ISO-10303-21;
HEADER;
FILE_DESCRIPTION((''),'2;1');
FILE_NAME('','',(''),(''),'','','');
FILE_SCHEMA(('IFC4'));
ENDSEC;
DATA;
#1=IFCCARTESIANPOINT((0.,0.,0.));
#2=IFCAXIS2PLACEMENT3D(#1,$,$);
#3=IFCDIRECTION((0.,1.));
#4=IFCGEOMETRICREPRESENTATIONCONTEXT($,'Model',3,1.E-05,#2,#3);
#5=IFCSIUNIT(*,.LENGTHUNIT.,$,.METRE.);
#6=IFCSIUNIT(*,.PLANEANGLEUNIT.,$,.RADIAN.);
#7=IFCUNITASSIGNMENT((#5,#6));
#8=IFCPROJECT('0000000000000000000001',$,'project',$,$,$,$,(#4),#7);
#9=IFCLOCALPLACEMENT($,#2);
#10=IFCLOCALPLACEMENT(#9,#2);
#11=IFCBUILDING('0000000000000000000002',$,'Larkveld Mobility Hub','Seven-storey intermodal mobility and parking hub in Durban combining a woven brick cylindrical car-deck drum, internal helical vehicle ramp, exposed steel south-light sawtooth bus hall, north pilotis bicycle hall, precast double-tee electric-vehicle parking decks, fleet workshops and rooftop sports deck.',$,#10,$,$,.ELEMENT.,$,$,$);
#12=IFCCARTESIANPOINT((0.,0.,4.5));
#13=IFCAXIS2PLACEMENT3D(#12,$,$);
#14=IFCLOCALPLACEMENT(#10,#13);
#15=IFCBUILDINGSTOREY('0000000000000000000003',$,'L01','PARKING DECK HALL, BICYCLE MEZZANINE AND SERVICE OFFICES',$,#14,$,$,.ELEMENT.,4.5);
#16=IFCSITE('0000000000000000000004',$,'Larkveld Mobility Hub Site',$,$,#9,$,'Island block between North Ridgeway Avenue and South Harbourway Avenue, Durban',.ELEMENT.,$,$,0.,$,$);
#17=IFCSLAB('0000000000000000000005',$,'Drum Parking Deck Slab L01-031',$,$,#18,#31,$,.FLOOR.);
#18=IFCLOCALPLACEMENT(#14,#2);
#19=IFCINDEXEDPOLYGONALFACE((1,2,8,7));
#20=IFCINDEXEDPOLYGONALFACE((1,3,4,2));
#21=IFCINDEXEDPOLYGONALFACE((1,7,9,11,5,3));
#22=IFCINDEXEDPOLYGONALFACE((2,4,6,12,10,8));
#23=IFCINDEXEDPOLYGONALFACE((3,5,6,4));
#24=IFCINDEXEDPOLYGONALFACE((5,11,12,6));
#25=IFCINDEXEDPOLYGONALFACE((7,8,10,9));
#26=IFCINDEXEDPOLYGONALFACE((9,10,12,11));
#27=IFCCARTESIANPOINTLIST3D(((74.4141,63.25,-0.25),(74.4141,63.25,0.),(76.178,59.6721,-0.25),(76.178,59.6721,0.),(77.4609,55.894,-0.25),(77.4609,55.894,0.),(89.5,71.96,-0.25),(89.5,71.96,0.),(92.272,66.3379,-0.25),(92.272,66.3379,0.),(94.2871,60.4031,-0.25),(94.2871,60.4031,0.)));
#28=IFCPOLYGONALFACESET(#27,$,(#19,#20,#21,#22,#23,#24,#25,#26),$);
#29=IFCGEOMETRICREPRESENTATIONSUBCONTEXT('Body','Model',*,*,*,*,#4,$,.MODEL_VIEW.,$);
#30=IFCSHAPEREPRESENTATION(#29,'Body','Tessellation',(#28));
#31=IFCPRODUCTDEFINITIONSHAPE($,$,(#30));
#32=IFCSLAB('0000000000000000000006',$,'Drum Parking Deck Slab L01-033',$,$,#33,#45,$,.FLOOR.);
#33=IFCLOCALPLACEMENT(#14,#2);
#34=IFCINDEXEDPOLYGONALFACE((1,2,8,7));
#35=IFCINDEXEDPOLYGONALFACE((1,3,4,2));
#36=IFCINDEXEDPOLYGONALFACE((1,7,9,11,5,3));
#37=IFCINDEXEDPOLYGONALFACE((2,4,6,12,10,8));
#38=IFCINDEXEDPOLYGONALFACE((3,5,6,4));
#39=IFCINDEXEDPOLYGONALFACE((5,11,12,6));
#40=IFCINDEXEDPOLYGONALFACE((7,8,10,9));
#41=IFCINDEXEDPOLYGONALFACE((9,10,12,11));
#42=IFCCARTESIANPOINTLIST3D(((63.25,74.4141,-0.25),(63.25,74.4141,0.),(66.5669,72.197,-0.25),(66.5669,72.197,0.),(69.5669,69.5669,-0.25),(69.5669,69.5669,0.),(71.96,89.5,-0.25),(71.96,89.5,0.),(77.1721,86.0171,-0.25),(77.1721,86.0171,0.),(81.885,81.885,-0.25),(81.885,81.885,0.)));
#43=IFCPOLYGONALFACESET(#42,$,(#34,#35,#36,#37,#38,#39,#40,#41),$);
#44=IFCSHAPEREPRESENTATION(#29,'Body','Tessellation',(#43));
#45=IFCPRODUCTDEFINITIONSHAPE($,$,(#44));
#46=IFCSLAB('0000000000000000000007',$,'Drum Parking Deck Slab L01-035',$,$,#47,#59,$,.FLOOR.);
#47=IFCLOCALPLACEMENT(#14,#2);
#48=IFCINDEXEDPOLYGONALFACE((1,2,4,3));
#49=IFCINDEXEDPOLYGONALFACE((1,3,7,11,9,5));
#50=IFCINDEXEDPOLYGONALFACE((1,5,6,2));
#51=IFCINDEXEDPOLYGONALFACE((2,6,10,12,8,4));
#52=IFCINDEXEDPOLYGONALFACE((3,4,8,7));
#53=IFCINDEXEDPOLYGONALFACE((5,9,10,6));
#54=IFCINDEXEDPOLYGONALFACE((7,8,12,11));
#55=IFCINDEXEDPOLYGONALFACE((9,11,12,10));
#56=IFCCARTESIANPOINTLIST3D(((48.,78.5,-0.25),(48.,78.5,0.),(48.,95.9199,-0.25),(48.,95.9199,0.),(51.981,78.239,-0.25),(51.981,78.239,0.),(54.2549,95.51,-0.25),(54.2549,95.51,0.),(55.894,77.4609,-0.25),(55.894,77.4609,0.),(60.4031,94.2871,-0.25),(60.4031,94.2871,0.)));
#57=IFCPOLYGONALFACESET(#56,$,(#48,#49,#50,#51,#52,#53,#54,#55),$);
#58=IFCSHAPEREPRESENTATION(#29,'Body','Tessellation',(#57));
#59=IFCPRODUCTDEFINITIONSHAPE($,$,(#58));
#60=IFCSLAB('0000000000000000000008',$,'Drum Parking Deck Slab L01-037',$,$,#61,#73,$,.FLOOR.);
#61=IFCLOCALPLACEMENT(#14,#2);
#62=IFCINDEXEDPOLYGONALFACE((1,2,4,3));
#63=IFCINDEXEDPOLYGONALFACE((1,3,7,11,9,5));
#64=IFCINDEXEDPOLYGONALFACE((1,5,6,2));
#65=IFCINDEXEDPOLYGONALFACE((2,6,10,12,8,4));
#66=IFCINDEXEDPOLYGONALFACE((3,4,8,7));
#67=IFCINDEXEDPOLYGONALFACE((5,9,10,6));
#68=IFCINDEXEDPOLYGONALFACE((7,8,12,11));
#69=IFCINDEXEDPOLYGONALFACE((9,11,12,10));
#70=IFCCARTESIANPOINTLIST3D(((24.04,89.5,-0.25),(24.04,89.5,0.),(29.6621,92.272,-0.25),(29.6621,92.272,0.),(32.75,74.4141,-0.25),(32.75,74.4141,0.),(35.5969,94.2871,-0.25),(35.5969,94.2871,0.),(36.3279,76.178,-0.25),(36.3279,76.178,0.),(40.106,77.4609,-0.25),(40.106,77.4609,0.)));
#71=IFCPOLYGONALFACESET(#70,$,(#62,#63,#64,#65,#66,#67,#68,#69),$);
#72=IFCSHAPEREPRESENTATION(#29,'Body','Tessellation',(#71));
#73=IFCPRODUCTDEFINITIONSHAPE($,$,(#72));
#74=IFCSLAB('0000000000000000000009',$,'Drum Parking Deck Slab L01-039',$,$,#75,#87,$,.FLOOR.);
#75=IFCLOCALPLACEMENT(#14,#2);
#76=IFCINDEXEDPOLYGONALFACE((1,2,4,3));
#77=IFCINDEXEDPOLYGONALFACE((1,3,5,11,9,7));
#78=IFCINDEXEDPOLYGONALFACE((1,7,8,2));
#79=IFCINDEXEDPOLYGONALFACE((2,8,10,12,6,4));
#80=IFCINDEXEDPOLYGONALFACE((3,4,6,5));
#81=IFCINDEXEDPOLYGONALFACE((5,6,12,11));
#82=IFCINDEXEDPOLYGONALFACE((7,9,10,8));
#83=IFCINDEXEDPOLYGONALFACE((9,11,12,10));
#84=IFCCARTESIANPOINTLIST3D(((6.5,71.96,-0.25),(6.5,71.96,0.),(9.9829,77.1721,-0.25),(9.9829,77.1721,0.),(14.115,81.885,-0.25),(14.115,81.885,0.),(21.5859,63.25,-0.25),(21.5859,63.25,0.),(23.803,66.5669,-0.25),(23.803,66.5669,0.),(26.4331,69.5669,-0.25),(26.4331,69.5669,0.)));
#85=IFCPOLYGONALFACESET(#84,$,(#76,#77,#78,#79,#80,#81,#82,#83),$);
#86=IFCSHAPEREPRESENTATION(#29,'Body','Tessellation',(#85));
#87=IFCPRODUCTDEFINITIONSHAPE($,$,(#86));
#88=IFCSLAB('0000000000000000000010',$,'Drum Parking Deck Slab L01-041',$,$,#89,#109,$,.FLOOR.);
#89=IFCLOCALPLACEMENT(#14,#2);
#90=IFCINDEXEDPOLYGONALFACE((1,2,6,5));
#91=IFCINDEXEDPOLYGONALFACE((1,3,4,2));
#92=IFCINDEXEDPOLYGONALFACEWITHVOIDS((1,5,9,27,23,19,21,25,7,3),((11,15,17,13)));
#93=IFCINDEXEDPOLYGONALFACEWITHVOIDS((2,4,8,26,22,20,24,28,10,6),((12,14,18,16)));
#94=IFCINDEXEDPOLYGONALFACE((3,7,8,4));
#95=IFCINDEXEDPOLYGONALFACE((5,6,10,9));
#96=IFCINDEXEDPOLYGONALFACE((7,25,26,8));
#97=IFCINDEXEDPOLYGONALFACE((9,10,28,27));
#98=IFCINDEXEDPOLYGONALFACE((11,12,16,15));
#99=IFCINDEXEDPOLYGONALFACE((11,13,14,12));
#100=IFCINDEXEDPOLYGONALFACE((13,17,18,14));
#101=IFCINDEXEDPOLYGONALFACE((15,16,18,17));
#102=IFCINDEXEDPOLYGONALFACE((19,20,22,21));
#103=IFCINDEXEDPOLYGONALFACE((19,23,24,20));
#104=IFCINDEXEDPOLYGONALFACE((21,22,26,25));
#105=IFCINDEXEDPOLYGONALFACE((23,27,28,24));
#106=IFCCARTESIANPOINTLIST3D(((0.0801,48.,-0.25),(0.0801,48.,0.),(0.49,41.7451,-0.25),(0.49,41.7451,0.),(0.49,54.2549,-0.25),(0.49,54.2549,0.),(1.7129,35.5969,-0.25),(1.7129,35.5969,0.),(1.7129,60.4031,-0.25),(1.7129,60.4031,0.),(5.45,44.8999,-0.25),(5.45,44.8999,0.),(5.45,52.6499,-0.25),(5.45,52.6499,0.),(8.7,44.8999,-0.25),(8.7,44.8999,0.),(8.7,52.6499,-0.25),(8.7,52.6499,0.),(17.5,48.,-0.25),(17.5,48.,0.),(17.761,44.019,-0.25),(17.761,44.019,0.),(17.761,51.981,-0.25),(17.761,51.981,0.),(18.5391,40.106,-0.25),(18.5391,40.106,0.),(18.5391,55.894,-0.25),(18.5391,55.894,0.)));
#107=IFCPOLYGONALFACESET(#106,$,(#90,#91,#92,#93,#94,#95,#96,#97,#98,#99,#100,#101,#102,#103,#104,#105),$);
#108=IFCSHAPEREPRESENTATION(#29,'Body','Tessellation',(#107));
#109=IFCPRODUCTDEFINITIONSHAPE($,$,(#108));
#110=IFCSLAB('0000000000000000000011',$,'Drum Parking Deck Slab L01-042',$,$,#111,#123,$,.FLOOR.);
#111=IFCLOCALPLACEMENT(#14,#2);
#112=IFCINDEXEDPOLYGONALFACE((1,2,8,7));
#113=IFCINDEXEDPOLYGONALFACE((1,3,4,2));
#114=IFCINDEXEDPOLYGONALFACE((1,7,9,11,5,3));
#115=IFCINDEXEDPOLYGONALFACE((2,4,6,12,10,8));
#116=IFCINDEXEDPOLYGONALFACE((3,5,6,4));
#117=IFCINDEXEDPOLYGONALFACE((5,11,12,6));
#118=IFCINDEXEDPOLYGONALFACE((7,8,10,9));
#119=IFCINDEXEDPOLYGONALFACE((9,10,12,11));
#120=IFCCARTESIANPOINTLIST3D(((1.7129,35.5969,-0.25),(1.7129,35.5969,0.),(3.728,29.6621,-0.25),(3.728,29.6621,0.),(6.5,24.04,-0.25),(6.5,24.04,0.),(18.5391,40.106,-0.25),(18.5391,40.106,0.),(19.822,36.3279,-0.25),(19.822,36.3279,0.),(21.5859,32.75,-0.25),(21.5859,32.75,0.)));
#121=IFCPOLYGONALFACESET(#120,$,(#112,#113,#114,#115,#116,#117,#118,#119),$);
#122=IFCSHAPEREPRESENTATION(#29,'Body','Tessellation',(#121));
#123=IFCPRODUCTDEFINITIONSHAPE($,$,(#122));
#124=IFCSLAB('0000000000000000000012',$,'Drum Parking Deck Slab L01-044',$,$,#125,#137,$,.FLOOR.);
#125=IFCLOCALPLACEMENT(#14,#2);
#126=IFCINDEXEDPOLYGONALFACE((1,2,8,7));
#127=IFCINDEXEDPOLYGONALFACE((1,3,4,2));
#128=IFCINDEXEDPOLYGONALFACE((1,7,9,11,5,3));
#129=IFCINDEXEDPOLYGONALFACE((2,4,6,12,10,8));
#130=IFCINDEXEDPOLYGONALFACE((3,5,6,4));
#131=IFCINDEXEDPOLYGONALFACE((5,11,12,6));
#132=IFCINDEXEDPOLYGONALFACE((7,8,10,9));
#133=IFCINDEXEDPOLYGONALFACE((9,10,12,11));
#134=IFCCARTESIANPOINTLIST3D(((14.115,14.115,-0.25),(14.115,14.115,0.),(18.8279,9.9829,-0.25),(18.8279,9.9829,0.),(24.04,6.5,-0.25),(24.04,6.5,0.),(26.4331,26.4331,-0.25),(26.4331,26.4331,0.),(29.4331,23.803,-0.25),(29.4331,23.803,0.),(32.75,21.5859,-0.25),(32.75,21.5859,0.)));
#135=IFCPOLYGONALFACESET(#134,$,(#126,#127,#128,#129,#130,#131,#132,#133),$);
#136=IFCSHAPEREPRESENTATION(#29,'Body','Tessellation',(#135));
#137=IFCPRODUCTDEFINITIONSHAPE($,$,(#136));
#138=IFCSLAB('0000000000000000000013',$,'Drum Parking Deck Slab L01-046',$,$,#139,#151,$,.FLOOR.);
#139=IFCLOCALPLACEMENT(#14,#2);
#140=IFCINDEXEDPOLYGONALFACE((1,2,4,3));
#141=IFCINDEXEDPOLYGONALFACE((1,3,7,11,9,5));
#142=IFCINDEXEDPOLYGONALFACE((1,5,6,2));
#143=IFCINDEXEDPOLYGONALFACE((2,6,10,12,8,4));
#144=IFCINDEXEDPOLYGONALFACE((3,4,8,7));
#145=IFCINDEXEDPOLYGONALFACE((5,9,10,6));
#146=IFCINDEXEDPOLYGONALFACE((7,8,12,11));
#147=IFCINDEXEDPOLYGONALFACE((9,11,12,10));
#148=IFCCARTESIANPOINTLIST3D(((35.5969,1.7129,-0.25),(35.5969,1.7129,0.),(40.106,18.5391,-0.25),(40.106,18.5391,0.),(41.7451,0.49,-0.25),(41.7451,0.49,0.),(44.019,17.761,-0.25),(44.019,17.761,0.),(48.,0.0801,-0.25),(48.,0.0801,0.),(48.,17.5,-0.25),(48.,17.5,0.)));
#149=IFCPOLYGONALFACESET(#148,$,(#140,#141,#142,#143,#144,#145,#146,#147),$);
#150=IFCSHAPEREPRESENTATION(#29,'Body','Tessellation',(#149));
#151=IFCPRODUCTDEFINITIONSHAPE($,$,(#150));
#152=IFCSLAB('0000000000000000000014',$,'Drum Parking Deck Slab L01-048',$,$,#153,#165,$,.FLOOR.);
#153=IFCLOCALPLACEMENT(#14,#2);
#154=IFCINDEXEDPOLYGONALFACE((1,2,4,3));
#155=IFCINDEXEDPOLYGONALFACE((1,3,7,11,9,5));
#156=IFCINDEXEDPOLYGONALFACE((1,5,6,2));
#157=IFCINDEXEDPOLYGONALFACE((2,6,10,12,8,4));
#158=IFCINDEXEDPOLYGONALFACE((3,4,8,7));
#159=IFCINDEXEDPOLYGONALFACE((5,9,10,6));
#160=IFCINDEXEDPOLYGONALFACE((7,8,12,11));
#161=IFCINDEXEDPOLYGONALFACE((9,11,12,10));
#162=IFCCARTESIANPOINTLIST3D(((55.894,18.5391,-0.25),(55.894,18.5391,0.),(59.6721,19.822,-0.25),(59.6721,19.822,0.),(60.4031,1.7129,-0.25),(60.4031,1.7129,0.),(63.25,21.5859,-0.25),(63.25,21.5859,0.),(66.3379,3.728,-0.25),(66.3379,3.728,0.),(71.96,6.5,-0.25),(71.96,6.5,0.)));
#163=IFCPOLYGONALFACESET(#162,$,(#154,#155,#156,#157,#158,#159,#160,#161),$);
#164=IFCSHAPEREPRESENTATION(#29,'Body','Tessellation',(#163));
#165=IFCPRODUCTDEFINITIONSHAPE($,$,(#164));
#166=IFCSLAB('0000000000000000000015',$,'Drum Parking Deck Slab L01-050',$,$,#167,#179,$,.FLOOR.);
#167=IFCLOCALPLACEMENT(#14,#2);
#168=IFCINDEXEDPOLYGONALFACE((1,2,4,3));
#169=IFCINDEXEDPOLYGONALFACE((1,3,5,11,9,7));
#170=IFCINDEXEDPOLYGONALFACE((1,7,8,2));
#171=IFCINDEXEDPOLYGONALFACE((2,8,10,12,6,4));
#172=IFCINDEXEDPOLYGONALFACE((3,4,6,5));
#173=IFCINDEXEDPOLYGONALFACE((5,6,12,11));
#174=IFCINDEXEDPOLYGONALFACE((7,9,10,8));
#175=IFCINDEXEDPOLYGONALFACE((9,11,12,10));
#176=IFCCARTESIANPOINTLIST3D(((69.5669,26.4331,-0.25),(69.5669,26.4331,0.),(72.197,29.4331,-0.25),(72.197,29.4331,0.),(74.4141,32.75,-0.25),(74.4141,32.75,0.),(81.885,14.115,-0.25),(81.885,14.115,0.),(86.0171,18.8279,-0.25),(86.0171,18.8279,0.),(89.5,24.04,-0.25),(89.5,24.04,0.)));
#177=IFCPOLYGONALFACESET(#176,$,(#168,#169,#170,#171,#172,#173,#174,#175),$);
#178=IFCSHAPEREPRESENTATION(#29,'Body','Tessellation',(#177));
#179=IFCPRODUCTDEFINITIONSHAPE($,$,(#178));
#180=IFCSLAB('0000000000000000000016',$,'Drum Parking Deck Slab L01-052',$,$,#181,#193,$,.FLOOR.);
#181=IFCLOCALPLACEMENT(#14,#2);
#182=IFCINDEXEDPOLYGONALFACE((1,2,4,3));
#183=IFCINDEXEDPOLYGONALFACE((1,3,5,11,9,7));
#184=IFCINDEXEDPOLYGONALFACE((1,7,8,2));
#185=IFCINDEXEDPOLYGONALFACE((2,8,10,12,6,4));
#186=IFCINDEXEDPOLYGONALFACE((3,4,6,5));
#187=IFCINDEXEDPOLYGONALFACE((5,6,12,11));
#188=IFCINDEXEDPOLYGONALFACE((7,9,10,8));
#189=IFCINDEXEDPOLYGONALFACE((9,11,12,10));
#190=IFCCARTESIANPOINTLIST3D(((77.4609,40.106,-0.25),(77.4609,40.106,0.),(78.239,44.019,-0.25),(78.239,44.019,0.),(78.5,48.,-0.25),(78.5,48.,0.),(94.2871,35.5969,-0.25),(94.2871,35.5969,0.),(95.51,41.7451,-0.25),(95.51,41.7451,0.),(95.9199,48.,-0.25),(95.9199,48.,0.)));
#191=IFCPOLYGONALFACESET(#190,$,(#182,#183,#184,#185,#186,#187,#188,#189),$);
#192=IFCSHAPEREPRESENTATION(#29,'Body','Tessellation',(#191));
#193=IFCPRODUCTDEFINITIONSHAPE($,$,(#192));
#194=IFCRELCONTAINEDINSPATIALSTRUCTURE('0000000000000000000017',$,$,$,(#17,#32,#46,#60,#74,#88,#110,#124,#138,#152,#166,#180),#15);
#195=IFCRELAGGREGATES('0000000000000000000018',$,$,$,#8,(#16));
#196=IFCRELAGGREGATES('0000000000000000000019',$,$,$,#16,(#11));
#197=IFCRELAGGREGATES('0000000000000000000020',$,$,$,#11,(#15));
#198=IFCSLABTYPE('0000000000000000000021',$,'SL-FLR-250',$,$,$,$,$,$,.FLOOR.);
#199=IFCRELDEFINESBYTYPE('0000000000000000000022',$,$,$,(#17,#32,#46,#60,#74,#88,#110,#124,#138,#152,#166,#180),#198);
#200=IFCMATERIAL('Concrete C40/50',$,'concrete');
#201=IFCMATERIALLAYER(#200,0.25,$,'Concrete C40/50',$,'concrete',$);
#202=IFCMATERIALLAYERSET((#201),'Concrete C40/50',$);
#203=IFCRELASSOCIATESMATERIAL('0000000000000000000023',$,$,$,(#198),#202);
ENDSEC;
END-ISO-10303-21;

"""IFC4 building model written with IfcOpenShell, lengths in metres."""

from ifc_helpers import new_model, si_unit, direction, frame, origin, place, context, subcontext, project, spatial, polyline, outline, extrude, material, layer, layer_set, type_object, element, save


model = new_model("IFC4")

# Units and contexts
model_context = context("Model", 3, precision=1e-05, world=origin(), true_north=direction((0.0, 1.0)))
body_context = subcontext(model_context, "Body", "Model", "MODEL_VIEW")
ifc_project = project(units=[si_unit("LENGTHUNIT", "METRE"), si_unit("PLANEANGLEUNIT", "RADIAN")], contexts=[model_context])

# Site, building, storey
site_placement = place(None, origin())
site = spatial("IfcSite", under=ifc_project, at=site_placement, Name="Larkveld Mobility Hub Site", LongName="Island block between North Ridgeway Avenue and South Harbourway Avenue, Durban", CompositionType="ELEMENT", RefElevation=0.0)
building_placement = place(site_placement, origin())
building = spatial("IfcBuilding", under=site, at=building_placement, Name="Larkveld Mobility Hub", Description="Seven-storey intermodal mobility and parking hub in Durban combining a woven brick cylindrical car-deck drum, internal helical vehicle ramp, exposed steel south-light sawtooth bus hall, north pilotis bicycle hall, precast double-tee electric-vehicle parking decks, fleet workshops and rooftop sports deck.", CompositionType="ELEMENT")
storey_placement = place(building_placement, frame((0.0, 0.0, 4.5)))
storey = spatial("IfcBuildingStorey", under=building, at=storey_placement, Name="L01", Description="PARKING DECK HALL, BICYCLE MEZZANINE AND SERVICE OFFICES", CompositionType="ELEMENT", Elevation=4.5)

# Slabs
ifc_material = material(Name="Concrete C40/50", Category="concrete")
ifc_layer_1 = layer(ifc_material, 0.25, Name="Concrete C40/50", Category="concrete")
ifc_layer_set_1 = layer_set([ifc_layer_1], Name="Concrete C40/50")
slab_type_1 = type_object("IfcSlabType", Name="SL-FLR-250", PredefinedType="FLOOR", material=ifc_layer_set_1)
slab_1_placement = place(storey_placement, frame((0.0, 0.0, -0.25)))
element("IfcSlab", 1, at=slab_1_placement, inside=storey, type_object=slab_type_1, Name="Drum Parking Deck Slab L01-031", PredefinedType="FLOOR", context=body_context, shape_type="SweptSolid", body=[
    extrude(outline(polyline([(94.2871, 60.4031), (92.272, 66.3379), (89.5, 71.96), (74.4141, 63.25), (76.178, 59.6721), (77.4609, 55.894), (94.2871, 60.4031)])), origin(), (0.0, 0.0, 1.0), 0.25),
])
slab_2_placement = place(storey_placement, frame((0.0, 0.0, -0.25)))
element("IfcSlab", 2, at=slab_2_placement, inside=storey, type_object=slab_type_1, Name="Drum Parking Deck Slab L01-033", PredefinedType="FLOOR", context=body_context, shape_type="SweptSolid", body=[
    extrude(outline(polyline([(81.885, 81.885), (77.1721, 86.0171), (71.96, 89.5), (63.25, 74.4141), (66.5669, 72.197), (69.5669, 69.5669), (81.885, 81.885)])), origin(), (0.0, 0.0, 1.0), 0.25),
])
slab_3_placement = place(storey_placement, frame((0.0, 0.0, -0.25)))
element("IfcSlab", 3, at=slab_3_placement, inside=storey, type_object=slab_type_1, Name="Drum Parking Deck Slab L01-035", PredefinedType="FLOOR", context=body_context, shape_type="SweptSolid", body=[
    extrude(outline(polyline([(60.4031, 94.2871), (54.2549, 95.51), (48.0, 95.9199), (48.0, 78.5), (51.981, 78.239), (55.894, 77.4609), (60.4031, 94.2871)])), origin(), (0.0, 0.0, 1.0), 0.25),
])
slab_4_placement = place(storey_placement, frame((0.0, 0.0, -0.25)))
element("IfcSlab", 4, at=slab_4_placement, inside=storey, type_object=slab_type_1, Name="Drum Parking Deck Slab L01-037", PredefinedType="FLOOR", context=body_context, shape_type="SweptSolid", body=[
    extrude(outline(polyline([(35.5969, 94.2871), (29.6621, 92.272), (24.04, 89.5), (32.75, 74.4141), (36.3279, 76.178), (40.106, 77.4609), (35.5969, 94.2871)])), origin(), (0.0, 0.0, 1.0), 0.25),
])
slab_5_placement = place(storey_placement, frame((0.0, 0.0, -0.25)))
element("IfcSlab", 5, at=slab_5_placement, inside=storey, type_object=slab_type_1, Name="Drum Parking Deck Slab L01-039", PredefinedType="FLOOR", context=body_context, shape_type="SweptSolid", body=[
    extrude(outline(polyline([(14.115, 81.885), (9.9829, 77.1721), (6.5, 71.96), (21.5859, 63.25), (23.803, 66.5669), (26.4331, 69.5669), (14.115, 81.885)])), origin(), (0.0, 0.0, 1.0), 0.25),
])
slab_6_placement = place(storey_placement, frame((0.0, 0.0, -0.25)))
element("IfcSlab", 6, at=slab_6_placement, inside=storey, type_object=slab_type_1, Name="Drum Parking Deck Slab L01-041", PredefinedType="FLOOR", context=body_context, shape_type="SweptSolid", body=[
    extrude(outline(polyline([(1.7129, 60.4031), (0.49, 54.2549), (0.0801, 48.0), (0.49, 41.7451), (1.7129, 35.5969), (18.5391, 40.106), (17.761, 44.019), (17.5, 48.0), (17.761, 51.981), (18.5391, 55.894), (1.7129, 60.4031)]), holes=[polyline([(5.45, 44.8999), (5.45, 52.6499), (8.7, 52.6499), (8.7, 44.8999), (5.45, 44.8999)])]), origin(), (0.0, 0.0, 1.0), 0.25),
])
slab_7_placement = place(storey_placement, frame((0.0, 0.0, -0.25)))
element("IfcSlab", 7, at=slab_7_placement, inside=storey, type_object=slab_type_1, Name="Drum Parking Deck Slab L01-042", PredefinedType="FLOOR", context=body_context, shape_type="SweptSolid", body=[
    extrude(outline(polyline([(1.7129, 35.5969), (3.728, 29.6621), (6.5, 24.04), (21.5859, 32.75), (19.822, 36.3279), (18.5391, 40.106), (1.7129, 35.5969)])), origin(), (0.0, 0.0, 1.0), 0.25),
])
slab_8_placement = place(storey_placement, frame((0.0, 0.0, -0.25)))
element("IfcSlab", 8, at=slab_8_placement, inside=storey, type_object=slab_type_1, Name="Drum Parking Deck Slab L01-044", PredefinedType="FLOOR", context=body_context, shape_type="SweptSolid", body=[
    extrude(outline(polyline([(14.115, 14.115), (18.8279, 9.9829), (24.04, 6.5), (32.75, 21.5859), (29.4331, 23.803), (26.4331, 26.4331), (14.115, 14.115)])), origin(), (0.0, 0.0, 1.0), 0.25),
])
slab_9_placement = place(storey_placement, frame((0.0, 0.0, -0.25)))
element("IfcSlab", 9, at=slab_9_placement, inside=storey, type_object=slab_type_1, Name="Drum Parking Deck Slab L01-046", PredefinedType="FLOOR", context=body_context, shape_type="SweptSolid", body=[
    extrude(outline(polyline([(35.5969, 1.7129), (41.7451, 0.49), (48.0, 0.0801), (48.0, 17.5), (44.019, 17.761), (40.106, 18.5391), (35.5969, 1.7129)])), origin(), (0.0, 0.0, 1.0), 0.25),
])
slab_10_placement = place(storey_placement, frame((0.0, 0.0, -0.25)))
element("IfcSlab", 10, at=slab_10_placement, inside=storey, type_object=slab_type_1, Name="Drum Parking Deck Slab L01-048", PredefinedType="FLOOR", context=body_context, shape_type="SweptSolid", body=[
    extrude(outline(polyline([(60.4031, 1.7129), (66.3379, 3.728), (71.96, 6.5), (63.25, 21.5859), (59.6721, 19.822), (55.894, 18.5391), (60.4031, 1.7129)])), origin(), (0.0, 0.0, 1.0), 0.25),
])
slab_11_placement = place(storey_placement, frame((0.0, 0.0, -0.25)))
element("IfcSlab", 11, at=slab_11_placement, inside=storey, type_object=slab_type_1, Name="Drum Parking Deck Slab L01-050", PredefinedType="FLOOR", context=body_context, shape_type="SweptSolid", body=[
    extrude(outline(polyline([(81.885, 14.115), (86.0171, 18.8279), (89.5, 24.04), (74.4141, 32.75), (72.197, 29.4331), (69.5669, 26.4331), (81.885, 14.115)])), origin(), (0.0, 0.0, 1.0), 0.25),
])
slab_12_placement = place(storey_placement, frame((0.0, 0.0, -0.25)))
element("IfcSlab", 12, at=slab_12_placement, inside=storey, type_object=slab_type_1, Name="Drum Parking Deck Slab L01-052", PredefinedType="FLOOR", context=body_context, shape_type="SweptSolid", body=[
    extrude(outline(polyline([(94.2871, 35.5969), (95.51, 41.7451), (95.9199, 48.0), (78.5, 48.0), (78.239, 44.019), (77.4609, 40.106), (94.2871, 35.5969)])), origin(), (0.0, 0.0, 1.0), 0.25),
])

save(model, "model.ifc")
